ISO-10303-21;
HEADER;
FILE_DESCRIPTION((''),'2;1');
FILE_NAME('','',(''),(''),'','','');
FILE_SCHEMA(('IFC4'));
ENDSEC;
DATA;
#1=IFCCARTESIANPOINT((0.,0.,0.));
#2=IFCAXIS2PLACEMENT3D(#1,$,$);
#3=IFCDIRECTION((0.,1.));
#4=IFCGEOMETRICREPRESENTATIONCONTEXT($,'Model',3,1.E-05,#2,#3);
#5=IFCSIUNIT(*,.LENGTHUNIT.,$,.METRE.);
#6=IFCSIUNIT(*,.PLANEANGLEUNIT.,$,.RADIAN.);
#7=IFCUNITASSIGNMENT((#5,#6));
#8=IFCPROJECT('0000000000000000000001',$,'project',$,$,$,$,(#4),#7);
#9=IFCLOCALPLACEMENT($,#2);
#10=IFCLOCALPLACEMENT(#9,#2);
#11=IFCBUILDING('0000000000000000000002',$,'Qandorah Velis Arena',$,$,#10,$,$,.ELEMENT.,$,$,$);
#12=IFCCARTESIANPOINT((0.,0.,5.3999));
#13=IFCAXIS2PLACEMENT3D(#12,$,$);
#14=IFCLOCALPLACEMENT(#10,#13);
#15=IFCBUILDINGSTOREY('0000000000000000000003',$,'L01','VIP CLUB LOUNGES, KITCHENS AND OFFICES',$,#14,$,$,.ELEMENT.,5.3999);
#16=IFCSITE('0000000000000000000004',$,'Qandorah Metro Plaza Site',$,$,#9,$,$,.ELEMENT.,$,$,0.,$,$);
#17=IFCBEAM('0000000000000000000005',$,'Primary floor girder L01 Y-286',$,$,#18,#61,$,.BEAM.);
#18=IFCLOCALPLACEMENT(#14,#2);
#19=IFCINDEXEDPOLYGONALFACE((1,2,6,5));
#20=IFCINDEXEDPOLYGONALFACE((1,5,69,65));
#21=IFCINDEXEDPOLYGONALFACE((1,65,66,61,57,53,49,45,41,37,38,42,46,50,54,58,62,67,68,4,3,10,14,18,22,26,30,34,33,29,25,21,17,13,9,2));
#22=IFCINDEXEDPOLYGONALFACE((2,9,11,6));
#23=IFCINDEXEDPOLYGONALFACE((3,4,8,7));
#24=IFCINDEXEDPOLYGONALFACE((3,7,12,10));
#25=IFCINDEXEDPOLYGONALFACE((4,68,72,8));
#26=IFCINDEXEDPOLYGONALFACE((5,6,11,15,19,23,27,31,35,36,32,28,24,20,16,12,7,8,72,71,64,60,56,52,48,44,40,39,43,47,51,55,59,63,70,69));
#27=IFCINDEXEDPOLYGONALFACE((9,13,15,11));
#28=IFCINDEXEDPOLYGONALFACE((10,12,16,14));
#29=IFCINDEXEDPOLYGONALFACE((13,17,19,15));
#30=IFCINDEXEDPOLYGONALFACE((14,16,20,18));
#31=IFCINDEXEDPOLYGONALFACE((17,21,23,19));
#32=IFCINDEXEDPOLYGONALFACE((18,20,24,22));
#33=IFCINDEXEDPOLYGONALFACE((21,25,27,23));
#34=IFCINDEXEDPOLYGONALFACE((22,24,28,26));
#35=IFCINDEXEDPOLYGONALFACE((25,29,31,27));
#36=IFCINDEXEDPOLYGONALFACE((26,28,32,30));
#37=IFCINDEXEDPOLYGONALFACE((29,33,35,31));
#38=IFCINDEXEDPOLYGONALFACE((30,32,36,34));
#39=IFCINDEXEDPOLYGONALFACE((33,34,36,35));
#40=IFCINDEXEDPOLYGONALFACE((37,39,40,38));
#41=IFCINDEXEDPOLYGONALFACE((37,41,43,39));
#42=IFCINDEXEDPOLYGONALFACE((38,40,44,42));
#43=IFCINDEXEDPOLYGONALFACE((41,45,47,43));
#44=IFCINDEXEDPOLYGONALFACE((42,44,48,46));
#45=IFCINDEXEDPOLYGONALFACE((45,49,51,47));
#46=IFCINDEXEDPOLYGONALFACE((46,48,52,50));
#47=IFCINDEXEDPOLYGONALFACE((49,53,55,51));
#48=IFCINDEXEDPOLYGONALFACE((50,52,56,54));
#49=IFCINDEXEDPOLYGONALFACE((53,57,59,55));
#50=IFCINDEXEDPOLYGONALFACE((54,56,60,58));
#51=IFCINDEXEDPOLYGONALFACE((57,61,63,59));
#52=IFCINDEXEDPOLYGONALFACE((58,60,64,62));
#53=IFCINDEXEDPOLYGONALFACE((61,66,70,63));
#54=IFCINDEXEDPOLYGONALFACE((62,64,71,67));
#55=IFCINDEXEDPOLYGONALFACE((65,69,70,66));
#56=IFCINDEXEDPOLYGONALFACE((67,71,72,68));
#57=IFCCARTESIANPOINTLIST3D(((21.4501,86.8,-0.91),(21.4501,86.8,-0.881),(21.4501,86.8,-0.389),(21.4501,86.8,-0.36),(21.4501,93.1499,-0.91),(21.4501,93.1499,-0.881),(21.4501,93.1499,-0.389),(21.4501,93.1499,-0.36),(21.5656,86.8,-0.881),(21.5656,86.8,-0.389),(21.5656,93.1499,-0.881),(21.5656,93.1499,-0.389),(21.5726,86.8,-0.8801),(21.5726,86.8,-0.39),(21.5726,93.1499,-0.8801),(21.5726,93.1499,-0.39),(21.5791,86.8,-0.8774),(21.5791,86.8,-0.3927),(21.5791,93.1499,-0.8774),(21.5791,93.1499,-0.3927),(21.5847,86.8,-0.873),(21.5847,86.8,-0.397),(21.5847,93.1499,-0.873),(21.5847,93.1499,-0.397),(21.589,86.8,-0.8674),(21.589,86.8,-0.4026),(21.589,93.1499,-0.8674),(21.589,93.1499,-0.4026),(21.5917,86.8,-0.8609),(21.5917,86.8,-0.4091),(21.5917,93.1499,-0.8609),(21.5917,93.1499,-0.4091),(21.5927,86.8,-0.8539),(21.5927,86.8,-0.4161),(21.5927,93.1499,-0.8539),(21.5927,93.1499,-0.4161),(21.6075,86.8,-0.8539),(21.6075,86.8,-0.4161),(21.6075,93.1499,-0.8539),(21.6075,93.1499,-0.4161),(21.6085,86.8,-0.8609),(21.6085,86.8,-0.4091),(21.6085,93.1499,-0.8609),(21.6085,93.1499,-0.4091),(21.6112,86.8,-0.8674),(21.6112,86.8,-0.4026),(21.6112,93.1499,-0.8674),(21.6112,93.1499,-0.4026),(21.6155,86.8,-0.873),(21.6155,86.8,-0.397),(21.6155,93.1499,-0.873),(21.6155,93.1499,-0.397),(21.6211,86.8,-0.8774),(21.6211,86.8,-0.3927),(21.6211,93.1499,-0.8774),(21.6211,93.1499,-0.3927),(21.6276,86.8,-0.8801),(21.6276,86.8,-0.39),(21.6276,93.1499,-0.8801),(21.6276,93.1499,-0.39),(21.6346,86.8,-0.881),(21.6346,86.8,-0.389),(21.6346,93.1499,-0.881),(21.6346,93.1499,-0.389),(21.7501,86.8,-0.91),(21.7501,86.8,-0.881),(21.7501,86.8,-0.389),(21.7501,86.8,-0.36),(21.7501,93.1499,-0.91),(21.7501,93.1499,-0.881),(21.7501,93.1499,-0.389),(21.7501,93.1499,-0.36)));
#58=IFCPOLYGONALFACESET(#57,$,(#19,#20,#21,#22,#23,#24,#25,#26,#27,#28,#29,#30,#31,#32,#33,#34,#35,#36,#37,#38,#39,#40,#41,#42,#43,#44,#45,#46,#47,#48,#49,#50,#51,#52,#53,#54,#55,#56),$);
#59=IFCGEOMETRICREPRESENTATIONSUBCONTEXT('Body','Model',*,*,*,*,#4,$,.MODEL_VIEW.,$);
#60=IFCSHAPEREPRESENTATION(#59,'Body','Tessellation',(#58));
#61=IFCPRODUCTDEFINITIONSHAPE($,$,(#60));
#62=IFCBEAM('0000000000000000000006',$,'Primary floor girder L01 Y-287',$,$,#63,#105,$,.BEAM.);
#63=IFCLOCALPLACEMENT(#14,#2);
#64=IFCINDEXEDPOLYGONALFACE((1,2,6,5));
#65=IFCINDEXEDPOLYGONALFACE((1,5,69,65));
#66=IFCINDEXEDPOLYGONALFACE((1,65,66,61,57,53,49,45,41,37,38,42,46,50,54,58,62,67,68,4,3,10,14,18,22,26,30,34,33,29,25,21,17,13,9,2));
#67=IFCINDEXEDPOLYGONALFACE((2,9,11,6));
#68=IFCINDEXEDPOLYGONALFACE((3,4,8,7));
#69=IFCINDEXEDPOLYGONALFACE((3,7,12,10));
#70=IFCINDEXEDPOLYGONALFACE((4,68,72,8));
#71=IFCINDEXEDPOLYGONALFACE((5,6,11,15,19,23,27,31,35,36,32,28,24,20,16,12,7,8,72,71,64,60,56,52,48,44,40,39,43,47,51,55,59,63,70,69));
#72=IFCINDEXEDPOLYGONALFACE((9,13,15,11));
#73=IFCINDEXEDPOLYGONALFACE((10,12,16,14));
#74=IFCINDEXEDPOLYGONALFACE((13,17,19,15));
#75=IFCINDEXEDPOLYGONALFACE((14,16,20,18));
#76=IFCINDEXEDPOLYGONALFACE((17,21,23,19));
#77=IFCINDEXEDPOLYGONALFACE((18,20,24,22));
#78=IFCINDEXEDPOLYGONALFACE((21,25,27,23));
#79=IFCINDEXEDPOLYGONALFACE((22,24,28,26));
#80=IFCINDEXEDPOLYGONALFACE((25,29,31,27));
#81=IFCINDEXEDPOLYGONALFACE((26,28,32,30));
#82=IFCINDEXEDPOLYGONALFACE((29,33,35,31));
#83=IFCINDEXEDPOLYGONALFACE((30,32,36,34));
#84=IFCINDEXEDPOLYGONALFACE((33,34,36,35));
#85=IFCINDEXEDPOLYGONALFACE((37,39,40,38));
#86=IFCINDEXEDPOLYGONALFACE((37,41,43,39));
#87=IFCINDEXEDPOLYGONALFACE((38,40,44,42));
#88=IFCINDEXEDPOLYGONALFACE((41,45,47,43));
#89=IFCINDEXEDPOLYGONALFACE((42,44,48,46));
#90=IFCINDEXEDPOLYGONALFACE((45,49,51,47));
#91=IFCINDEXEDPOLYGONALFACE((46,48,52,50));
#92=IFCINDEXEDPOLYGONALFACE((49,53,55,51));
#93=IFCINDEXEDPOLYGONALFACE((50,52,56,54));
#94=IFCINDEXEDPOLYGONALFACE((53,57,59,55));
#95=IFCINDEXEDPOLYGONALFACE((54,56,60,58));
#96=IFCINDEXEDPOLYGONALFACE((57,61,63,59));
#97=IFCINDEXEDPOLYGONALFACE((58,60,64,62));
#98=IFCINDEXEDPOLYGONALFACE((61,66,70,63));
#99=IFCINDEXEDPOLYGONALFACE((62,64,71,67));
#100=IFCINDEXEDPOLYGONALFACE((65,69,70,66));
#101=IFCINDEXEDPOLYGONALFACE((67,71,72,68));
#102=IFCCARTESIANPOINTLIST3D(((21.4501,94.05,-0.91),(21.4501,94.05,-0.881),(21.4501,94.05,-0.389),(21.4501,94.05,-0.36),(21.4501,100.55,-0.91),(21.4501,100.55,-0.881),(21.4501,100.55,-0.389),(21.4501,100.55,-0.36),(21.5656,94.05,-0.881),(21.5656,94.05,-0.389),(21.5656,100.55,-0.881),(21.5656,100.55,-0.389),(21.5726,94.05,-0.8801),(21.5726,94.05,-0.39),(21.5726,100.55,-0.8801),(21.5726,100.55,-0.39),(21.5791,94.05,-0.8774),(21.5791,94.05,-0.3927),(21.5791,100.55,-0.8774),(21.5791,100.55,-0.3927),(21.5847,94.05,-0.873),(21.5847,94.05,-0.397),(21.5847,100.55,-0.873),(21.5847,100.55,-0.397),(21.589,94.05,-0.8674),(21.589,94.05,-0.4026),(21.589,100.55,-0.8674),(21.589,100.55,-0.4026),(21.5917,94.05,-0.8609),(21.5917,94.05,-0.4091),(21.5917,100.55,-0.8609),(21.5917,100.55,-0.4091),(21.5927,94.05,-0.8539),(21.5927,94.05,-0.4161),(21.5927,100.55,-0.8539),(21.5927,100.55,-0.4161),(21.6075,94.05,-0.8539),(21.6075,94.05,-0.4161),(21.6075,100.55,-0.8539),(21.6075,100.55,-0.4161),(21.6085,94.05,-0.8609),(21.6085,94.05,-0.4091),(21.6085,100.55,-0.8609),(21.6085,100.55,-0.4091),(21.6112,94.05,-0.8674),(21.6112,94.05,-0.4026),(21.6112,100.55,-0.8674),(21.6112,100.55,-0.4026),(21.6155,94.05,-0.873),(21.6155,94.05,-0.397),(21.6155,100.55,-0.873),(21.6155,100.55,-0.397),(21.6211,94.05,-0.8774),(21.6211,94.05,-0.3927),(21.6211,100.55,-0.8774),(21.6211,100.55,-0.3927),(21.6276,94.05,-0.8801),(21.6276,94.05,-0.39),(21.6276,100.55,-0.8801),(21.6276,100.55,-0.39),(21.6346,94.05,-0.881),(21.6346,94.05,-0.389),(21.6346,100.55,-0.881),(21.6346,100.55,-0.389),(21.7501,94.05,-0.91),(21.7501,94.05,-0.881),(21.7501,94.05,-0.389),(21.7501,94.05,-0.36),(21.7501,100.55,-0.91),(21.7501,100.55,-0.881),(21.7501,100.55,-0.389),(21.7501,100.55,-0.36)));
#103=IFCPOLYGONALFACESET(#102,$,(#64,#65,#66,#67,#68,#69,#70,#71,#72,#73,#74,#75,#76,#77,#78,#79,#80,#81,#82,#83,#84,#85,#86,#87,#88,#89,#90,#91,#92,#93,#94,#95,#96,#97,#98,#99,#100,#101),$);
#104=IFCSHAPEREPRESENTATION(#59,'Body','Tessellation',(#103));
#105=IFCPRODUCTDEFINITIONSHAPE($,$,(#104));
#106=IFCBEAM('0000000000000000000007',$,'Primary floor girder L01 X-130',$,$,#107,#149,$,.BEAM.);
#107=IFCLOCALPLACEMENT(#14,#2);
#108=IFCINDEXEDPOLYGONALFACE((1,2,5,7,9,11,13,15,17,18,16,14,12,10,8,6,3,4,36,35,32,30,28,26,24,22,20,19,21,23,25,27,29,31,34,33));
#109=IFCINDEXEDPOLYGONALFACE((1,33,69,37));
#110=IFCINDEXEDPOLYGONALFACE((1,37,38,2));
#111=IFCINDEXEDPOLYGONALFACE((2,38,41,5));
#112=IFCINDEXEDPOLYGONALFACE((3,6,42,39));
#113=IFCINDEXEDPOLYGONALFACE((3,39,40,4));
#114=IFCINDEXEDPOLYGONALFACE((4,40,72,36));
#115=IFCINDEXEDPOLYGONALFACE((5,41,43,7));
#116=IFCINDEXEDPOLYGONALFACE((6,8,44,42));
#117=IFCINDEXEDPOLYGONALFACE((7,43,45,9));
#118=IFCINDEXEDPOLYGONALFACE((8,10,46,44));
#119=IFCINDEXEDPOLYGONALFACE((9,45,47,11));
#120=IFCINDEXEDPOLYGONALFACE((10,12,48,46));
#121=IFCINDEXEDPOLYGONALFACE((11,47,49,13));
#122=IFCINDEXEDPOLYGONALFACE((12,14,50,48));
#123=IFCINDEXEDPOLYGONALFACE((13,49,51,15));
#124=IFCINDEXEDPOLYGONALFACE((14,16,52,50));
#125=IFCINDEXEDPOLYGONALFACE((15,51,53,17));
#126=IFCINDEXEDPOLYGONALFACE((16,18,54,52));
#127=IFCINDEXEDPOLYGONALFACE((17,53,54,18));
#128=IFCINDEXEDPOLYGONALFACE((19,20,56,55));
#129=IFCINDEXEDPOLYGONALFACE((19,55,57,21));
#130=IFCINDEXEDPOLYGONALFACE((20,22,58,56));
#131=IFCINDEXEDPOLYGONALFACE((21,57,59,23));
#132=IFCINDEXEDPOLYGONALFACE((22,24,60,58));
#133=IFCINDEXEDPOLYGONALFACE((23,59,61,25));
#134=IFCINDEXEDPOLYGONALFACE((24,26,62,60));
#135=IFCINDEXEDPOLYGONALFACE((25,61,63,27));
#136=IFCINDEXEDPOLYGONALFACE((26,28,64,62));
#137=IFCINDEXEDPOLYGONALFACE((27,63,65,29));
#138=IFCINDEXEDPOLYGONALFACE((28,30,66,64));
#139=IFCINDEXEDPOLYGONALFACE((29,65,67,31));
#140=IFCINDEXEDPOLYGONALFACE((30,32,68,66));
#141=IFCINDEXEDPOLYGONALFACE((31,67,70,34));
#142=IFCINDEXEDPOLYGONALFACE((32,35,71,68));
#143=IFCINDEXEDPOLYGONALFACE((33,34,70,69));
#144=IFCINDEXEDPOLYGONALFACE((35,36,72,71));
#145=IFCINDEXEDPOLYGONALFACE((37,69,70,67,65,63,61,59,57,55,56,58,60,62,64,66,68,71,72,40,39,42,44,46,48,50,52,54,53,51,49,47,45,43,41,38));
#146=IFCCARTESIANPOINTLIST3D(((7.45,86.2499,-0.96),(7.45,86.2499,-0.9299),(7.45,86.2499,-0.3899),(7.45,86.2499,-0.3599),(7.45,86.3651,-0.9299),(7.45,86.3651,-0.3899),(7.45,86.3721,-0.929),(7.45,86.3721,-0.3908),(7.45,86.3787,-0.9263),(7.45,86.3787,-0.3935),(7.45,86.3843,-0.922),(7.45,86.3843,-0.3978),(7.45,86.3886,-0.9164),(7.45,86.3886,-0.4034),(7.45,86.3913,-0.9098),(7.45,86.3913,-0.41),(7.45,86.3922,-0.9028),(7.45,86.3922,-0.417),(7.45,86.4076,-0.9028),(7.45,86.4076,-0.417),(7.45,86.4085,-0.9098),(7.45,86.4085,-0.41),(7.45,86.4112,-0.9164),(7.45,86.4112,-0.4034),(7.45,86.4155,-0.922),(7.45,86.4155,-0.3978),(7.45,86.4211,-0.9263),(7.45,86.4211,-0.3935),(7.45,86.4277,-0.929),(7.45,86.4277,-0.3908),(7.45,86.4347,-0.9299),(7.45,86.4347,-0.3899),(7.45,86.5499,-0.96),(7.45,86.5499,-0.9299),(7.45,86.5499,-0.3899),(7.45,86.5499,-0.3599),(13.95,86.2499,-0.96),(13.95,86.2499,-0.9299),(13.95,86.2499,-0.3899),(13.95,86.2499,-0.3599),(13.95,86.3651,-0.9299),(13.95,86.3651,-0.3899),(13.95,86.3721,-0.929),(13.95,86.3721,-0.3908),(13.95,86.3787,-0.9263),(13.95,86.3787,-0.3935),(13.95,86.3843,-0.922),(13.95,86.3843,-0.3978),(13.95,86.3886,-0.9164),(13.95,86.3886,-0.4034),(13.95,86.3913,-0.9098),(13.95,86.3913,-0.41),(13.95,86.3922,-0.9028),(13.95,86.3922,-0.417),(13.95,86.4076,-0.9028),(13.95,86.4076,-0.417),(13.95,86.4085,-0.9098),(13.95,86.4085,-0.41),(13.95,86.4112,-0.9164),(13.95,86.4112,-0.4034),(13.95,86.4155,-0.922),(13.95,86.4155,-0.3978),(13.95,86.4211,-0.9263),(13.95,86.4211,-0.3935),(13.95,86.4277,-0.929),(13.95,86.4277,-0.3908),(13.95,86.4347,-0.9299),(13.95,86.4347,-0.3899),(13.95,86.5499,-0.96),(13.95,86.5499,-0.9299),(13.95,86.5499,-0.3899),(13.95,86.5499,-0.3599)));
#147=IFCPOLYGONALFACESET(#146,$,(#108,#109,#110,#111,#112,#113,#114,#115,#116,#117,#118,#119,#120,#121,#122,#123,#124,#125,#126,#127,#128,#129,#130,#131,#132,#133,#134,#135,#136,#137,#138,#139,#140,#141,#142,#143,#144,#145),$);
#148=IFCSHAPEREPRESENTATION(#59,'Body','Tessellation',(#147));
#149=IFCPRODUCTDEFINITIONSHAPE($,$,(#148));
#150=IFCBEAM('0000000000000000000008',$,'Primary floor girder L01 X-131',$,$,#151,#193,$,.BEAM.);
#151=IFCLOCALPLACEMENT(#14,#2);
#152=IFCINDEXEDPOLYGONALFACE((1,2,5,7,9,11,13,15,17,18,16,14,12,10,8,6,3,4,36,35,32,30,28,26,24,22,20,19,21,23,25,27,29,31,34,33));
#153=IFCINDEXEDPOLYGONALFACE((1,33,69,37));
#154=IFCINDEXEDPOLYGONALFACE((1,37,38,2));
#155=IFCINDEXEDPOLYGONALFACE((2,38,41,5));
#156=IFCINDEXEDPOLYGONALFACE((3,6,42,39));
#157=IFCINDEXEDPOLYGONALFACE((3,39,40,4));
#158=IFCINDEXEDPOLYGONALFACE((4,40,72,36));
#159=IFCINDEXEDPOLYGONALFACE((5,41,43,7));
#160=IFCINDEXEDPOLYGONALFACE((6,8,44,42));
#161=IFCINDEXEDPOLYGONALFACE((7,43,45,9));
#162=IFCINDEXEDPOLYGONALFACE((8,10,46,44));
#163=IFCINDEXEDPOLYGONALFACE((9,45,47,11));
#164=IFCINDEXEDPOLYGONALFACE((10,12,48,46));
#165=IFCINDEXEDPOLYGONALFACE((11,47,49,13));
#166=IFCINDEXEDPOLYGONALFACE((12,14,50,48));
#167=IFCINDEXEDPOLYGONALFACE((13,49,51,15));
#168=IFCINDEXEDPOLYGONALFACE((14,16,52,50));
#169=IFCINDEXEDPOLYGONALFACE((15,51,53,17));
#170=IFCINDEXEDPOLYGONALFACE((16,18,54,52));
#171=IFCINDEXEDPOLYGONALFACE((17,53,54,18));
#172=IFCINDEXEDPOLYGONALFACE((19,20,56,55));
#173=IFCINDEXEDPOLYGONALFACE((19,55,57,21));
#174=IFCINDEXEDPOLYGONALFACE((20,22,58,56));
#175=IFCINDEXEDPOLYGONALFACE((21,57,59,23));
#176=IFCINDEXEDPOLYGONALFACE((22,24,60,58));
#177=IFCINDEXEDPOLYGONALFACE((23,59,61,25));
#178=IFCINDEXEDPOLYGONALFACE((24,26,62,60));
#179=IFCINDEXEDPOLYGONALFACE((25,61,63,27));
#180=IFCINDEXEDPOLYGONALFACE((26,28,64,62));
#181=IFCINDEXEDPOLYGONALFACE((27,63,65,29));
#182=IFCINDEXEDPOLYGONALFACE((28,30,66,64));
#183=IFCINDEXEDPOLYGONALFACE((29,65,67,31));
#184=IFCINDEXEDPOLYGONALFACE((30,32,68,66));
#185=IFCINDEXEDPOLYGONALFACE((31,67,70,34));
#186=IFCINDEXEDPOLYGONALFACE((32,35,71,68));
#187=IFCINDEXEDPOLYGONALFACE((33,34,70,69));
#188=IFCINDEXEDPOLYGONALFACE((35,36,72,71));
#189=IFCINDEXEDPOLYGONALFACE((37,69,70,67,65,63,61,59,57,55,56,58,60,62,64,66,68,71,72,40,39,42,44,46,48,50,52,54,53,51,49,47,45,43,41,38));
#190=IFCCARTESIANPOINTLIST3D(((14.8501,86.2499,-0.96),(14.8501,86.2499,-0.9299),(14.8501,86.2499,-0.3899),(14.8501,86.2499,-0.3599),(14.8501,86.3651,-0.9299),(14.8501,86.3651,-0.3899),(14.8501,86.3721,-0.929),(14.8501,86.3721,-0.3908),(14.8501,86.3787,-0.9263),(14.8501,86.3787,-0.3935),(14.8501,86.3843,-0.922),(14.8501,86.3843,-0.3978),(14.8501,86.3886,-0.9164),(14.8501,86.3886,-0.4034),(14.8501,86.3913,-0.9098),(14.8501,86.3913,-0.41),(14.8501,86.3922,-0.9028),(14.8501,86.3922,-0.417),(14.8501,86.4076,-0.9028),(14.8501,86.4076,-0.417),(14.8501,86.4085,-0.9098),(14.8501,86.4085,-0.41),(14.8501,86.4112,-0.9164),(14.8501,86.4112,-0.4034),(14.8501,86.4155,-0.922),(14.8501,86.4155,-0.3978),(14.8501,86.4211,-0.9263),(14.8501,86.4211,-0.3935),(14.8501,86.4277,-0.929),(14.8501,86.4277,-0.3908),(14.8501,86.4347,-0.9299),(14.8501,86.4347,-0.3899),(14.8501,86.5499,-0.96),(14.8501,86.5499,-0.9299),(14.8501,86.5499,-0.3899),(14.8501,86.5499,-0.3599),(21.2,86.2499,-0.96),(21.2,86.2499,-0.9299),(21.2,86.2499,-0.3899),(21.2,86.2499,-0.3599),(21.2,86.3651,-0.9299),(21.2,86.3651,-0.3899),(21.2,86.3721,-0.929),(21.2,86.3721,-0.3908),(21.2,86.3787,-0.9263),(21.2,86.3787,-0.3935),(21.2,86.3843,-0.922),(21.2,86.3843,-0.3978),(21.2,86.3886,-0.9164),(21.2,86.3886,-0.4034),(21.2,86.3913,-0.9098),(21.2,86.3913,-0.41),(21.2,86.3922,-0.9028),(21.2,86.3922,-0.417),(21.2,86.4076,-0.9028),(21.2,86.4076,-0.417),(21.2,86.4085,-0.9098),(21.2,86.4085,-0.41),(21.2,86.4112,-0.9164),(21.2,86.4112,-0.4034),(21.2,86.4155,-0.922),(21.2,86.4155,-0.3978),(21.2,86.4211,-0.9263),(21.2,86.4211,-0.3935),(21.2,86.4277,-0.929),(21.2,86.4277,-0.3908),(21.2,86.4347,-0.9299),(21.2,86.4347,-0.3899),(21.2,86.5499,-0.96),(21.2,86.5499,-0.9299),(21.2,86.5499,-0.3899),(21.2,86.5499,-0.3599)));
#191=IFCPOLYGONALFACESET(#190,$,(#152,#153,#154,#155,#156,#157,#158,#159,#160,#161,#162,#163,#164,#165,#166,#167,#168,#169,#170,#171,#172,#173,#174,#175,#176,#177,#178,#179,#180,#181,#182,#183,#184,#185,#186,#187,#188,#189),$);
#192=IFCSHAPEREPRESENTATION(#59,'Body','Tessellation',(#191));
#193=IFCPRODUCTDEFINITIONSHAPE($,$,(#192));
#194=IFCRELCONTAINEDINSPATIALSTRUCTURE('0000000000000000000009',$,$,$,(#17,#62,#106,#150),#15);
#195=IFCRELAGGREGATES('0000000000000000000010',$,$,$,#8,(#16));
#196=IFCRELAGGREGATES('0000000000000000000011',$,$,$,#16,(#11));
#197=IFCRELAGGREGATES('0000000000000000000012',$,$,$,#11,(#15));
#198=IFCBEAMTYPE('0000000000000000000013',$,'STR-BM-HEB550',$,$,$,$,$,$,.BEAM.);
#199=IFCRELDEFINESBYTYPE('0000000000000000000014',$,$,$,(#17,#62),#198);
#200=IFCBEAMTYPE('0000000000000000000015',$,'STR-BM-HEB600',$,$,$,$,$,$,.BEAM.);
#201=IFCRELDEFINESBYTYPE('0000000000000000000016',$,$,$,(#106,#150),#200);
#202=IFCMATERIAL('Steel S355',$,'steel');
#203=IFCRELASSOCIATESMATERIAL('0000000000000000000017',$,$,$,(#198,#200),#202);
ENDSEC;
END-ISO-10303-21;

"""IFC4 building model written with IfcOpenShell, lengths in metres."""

from ifc_helpers import new_model, si_unit, direction, frame, origin, origin_2d, place, context, subcontext, project, spatial, i_section, extrude, material, material_profile, profile_set, type_object, element, save


model = new_model("IFC4")

# Units and contexts
model_context = context("Model", 3, precision=1e-05, world=origin(), true_north=direction((0.0, 1.0)))
body_context = subcontext(model_context, "Body", "Model", "MODEL_VIEW")
ifc_project = project(units=[si_unit("LENGTHUNIT", "METRE"), si_unit("PLANEANGLEUNIT", "RADIAN")], contexts=[model_context])

# Site, building, storey
site_placement = place(None, origin())
site = spatial("IfcSite", under=ifc_project, at=site_placement, Name="Qandorah Metro Plaza Site", CompositionType="ELEMENT", RefElevation=0.0)
building_placement = place(site_placement, origin())
building = spatial("IfcBuilding", under=site, at=building_placement, Name="Qandorah Velis Arena", CompositionType="ELEMENT")
storey_placement = place(building_placement, frame((0.0, 0.0, 5.3999)))
storey = spatial("IfcBuildingStorey", under=building, at=storey_placement, Name="L01", Description="VIP CLUB LOUNGES, KITCHENS AND OFFICES", CompositionType="ELEMENT", Elevation=5.3999)

# Beams
ifc_material_1 = material(Name="Steel S355", Category="steel")
ifc_material_profile_1 = material_profile(ifc_material_1, i_section(OverallWidth=0.3, OverallDepth=0.55, WebThickness=0.0149, FlangeThickness=0.0291, FilletRadius=0.0271, at=origin_2d()), Name="HEB 550")
ifc_profile_set_1 = profile_set([ifc_material_profile_1], Name="Steel S355")
beam_type_1 = type_object("IfcBeamType", Name="STR-BM-HEB550", PredefinedType="BEAM", material=ifc_profile_set_1)
beam_1_placement = place(storey_placement, frame((21.6001, 86.8, -0.635), z_axis=(0.0, 1.0, 0.0), x_axis=(-1.0, 0.0, 0.0)))
element("IfcBeam", 1, at=beam_1_placement, inside=storey, type_object=beam_type_1, Name="Primary floor girder L01 Y-286", PredefinedType="BEAM", context=body_context, shape_type="SweptSolid", body=[
    extrude(i_section(OverallWidth=0.3, OverallDepth=0.55, WebThickness=0.0149, FlangeThickness=0.0291, FilletRadius=0.0271, at=origin_2d()), origin(), (0.0, 0.0, 1.0), 6.3499),
])
beam_2_placement = place(storey_placement, frame((21.6001, 94.05, -0.635), z_axis=(0.0, 1.0, 0.0), x_axis=(-1.0, 0.0, 0.0)))
element("IfcBeam", 2, at=beam_2_placement, inside=storey, type_object=beam_type_1, Name="Primary floor girder L01 Y-287", PredefinedType="BEAM", context=body_context, shape_type="SweptSolid", body=[
    extrude(i_section(OverallWidth=0.3, OverallDepth=0.55, WebThickness=0.0149, FlangeThickness=0.0291, FilletRadius=0.0271, at=origin_2d()), origin(), (0.0, 0.0, 1.0), 6.5),
])
ifc_material_profile_2 = material_profile(ifc_material_1, i_section(OverallWidth=0.3, OverallDepth=0.6001, WebThickness=0.0154, FlangeThickness=0.03, FilletRadius=0.0271, at=origin_2d()), Name="HEB 600")
ifc_profile_set_2 = profile_set([ifc_material_profile_2], Name="Steel S355")
beam_type_2 = type_object("IfcBeamType", Name="STR-BM-HEB600", PredefinedType="BEAM", material=ifc_profile_set_2)
beam_3_placement = place(storey_placement, frame((7.45, 86.3999, -0.6599), z_axis=(1.0, 0.0, 0.0), x_axis=(0.0, 1.0, 0.0)))
element("IfcBeam", 3, at=beam_3_placement, inside=storey, type_object=beam_type_2, Name="Primary floor girder L01 X-130", PredefinedType="BEAM", context=body_context, shape_type="SweptSolid", body=[
    extrude(i_section(OverallWidth=0.3, OverallDepth=0.6001, WebThickness=0.0154, FlangeThickness=0.03, FilletRadius=0.0271, at=origin_2d()), origin(), (0.0, 0.0, 1.0), 6.5),
])
beam_4_placement = place(storey_placement, frame((14.8501, 86.3999, -0.6599), z_axis=(1.0, 0.0, 0.0), x_axis=(0.0, 1.0, 0.0)))
element("IfcBeam", 4, at=beam_4_placement, inside=storey, type_object=beam_type_2, Name="Primary floor girder L01 X-131", PredefinedType="BEAM", context=body_context, shape_type="SweptSolid", body=[
    extrude(i_section(OverallWidth=0.3, OverallDepth=0.6001, WebThickness=0.0154, FlangeThickness=0.03, FilletRadius=0.0271, at=origin_2d()), origin(), (0.0, 0.0, 1.0), 6.3499),
])

save(model, "model.ifc")
